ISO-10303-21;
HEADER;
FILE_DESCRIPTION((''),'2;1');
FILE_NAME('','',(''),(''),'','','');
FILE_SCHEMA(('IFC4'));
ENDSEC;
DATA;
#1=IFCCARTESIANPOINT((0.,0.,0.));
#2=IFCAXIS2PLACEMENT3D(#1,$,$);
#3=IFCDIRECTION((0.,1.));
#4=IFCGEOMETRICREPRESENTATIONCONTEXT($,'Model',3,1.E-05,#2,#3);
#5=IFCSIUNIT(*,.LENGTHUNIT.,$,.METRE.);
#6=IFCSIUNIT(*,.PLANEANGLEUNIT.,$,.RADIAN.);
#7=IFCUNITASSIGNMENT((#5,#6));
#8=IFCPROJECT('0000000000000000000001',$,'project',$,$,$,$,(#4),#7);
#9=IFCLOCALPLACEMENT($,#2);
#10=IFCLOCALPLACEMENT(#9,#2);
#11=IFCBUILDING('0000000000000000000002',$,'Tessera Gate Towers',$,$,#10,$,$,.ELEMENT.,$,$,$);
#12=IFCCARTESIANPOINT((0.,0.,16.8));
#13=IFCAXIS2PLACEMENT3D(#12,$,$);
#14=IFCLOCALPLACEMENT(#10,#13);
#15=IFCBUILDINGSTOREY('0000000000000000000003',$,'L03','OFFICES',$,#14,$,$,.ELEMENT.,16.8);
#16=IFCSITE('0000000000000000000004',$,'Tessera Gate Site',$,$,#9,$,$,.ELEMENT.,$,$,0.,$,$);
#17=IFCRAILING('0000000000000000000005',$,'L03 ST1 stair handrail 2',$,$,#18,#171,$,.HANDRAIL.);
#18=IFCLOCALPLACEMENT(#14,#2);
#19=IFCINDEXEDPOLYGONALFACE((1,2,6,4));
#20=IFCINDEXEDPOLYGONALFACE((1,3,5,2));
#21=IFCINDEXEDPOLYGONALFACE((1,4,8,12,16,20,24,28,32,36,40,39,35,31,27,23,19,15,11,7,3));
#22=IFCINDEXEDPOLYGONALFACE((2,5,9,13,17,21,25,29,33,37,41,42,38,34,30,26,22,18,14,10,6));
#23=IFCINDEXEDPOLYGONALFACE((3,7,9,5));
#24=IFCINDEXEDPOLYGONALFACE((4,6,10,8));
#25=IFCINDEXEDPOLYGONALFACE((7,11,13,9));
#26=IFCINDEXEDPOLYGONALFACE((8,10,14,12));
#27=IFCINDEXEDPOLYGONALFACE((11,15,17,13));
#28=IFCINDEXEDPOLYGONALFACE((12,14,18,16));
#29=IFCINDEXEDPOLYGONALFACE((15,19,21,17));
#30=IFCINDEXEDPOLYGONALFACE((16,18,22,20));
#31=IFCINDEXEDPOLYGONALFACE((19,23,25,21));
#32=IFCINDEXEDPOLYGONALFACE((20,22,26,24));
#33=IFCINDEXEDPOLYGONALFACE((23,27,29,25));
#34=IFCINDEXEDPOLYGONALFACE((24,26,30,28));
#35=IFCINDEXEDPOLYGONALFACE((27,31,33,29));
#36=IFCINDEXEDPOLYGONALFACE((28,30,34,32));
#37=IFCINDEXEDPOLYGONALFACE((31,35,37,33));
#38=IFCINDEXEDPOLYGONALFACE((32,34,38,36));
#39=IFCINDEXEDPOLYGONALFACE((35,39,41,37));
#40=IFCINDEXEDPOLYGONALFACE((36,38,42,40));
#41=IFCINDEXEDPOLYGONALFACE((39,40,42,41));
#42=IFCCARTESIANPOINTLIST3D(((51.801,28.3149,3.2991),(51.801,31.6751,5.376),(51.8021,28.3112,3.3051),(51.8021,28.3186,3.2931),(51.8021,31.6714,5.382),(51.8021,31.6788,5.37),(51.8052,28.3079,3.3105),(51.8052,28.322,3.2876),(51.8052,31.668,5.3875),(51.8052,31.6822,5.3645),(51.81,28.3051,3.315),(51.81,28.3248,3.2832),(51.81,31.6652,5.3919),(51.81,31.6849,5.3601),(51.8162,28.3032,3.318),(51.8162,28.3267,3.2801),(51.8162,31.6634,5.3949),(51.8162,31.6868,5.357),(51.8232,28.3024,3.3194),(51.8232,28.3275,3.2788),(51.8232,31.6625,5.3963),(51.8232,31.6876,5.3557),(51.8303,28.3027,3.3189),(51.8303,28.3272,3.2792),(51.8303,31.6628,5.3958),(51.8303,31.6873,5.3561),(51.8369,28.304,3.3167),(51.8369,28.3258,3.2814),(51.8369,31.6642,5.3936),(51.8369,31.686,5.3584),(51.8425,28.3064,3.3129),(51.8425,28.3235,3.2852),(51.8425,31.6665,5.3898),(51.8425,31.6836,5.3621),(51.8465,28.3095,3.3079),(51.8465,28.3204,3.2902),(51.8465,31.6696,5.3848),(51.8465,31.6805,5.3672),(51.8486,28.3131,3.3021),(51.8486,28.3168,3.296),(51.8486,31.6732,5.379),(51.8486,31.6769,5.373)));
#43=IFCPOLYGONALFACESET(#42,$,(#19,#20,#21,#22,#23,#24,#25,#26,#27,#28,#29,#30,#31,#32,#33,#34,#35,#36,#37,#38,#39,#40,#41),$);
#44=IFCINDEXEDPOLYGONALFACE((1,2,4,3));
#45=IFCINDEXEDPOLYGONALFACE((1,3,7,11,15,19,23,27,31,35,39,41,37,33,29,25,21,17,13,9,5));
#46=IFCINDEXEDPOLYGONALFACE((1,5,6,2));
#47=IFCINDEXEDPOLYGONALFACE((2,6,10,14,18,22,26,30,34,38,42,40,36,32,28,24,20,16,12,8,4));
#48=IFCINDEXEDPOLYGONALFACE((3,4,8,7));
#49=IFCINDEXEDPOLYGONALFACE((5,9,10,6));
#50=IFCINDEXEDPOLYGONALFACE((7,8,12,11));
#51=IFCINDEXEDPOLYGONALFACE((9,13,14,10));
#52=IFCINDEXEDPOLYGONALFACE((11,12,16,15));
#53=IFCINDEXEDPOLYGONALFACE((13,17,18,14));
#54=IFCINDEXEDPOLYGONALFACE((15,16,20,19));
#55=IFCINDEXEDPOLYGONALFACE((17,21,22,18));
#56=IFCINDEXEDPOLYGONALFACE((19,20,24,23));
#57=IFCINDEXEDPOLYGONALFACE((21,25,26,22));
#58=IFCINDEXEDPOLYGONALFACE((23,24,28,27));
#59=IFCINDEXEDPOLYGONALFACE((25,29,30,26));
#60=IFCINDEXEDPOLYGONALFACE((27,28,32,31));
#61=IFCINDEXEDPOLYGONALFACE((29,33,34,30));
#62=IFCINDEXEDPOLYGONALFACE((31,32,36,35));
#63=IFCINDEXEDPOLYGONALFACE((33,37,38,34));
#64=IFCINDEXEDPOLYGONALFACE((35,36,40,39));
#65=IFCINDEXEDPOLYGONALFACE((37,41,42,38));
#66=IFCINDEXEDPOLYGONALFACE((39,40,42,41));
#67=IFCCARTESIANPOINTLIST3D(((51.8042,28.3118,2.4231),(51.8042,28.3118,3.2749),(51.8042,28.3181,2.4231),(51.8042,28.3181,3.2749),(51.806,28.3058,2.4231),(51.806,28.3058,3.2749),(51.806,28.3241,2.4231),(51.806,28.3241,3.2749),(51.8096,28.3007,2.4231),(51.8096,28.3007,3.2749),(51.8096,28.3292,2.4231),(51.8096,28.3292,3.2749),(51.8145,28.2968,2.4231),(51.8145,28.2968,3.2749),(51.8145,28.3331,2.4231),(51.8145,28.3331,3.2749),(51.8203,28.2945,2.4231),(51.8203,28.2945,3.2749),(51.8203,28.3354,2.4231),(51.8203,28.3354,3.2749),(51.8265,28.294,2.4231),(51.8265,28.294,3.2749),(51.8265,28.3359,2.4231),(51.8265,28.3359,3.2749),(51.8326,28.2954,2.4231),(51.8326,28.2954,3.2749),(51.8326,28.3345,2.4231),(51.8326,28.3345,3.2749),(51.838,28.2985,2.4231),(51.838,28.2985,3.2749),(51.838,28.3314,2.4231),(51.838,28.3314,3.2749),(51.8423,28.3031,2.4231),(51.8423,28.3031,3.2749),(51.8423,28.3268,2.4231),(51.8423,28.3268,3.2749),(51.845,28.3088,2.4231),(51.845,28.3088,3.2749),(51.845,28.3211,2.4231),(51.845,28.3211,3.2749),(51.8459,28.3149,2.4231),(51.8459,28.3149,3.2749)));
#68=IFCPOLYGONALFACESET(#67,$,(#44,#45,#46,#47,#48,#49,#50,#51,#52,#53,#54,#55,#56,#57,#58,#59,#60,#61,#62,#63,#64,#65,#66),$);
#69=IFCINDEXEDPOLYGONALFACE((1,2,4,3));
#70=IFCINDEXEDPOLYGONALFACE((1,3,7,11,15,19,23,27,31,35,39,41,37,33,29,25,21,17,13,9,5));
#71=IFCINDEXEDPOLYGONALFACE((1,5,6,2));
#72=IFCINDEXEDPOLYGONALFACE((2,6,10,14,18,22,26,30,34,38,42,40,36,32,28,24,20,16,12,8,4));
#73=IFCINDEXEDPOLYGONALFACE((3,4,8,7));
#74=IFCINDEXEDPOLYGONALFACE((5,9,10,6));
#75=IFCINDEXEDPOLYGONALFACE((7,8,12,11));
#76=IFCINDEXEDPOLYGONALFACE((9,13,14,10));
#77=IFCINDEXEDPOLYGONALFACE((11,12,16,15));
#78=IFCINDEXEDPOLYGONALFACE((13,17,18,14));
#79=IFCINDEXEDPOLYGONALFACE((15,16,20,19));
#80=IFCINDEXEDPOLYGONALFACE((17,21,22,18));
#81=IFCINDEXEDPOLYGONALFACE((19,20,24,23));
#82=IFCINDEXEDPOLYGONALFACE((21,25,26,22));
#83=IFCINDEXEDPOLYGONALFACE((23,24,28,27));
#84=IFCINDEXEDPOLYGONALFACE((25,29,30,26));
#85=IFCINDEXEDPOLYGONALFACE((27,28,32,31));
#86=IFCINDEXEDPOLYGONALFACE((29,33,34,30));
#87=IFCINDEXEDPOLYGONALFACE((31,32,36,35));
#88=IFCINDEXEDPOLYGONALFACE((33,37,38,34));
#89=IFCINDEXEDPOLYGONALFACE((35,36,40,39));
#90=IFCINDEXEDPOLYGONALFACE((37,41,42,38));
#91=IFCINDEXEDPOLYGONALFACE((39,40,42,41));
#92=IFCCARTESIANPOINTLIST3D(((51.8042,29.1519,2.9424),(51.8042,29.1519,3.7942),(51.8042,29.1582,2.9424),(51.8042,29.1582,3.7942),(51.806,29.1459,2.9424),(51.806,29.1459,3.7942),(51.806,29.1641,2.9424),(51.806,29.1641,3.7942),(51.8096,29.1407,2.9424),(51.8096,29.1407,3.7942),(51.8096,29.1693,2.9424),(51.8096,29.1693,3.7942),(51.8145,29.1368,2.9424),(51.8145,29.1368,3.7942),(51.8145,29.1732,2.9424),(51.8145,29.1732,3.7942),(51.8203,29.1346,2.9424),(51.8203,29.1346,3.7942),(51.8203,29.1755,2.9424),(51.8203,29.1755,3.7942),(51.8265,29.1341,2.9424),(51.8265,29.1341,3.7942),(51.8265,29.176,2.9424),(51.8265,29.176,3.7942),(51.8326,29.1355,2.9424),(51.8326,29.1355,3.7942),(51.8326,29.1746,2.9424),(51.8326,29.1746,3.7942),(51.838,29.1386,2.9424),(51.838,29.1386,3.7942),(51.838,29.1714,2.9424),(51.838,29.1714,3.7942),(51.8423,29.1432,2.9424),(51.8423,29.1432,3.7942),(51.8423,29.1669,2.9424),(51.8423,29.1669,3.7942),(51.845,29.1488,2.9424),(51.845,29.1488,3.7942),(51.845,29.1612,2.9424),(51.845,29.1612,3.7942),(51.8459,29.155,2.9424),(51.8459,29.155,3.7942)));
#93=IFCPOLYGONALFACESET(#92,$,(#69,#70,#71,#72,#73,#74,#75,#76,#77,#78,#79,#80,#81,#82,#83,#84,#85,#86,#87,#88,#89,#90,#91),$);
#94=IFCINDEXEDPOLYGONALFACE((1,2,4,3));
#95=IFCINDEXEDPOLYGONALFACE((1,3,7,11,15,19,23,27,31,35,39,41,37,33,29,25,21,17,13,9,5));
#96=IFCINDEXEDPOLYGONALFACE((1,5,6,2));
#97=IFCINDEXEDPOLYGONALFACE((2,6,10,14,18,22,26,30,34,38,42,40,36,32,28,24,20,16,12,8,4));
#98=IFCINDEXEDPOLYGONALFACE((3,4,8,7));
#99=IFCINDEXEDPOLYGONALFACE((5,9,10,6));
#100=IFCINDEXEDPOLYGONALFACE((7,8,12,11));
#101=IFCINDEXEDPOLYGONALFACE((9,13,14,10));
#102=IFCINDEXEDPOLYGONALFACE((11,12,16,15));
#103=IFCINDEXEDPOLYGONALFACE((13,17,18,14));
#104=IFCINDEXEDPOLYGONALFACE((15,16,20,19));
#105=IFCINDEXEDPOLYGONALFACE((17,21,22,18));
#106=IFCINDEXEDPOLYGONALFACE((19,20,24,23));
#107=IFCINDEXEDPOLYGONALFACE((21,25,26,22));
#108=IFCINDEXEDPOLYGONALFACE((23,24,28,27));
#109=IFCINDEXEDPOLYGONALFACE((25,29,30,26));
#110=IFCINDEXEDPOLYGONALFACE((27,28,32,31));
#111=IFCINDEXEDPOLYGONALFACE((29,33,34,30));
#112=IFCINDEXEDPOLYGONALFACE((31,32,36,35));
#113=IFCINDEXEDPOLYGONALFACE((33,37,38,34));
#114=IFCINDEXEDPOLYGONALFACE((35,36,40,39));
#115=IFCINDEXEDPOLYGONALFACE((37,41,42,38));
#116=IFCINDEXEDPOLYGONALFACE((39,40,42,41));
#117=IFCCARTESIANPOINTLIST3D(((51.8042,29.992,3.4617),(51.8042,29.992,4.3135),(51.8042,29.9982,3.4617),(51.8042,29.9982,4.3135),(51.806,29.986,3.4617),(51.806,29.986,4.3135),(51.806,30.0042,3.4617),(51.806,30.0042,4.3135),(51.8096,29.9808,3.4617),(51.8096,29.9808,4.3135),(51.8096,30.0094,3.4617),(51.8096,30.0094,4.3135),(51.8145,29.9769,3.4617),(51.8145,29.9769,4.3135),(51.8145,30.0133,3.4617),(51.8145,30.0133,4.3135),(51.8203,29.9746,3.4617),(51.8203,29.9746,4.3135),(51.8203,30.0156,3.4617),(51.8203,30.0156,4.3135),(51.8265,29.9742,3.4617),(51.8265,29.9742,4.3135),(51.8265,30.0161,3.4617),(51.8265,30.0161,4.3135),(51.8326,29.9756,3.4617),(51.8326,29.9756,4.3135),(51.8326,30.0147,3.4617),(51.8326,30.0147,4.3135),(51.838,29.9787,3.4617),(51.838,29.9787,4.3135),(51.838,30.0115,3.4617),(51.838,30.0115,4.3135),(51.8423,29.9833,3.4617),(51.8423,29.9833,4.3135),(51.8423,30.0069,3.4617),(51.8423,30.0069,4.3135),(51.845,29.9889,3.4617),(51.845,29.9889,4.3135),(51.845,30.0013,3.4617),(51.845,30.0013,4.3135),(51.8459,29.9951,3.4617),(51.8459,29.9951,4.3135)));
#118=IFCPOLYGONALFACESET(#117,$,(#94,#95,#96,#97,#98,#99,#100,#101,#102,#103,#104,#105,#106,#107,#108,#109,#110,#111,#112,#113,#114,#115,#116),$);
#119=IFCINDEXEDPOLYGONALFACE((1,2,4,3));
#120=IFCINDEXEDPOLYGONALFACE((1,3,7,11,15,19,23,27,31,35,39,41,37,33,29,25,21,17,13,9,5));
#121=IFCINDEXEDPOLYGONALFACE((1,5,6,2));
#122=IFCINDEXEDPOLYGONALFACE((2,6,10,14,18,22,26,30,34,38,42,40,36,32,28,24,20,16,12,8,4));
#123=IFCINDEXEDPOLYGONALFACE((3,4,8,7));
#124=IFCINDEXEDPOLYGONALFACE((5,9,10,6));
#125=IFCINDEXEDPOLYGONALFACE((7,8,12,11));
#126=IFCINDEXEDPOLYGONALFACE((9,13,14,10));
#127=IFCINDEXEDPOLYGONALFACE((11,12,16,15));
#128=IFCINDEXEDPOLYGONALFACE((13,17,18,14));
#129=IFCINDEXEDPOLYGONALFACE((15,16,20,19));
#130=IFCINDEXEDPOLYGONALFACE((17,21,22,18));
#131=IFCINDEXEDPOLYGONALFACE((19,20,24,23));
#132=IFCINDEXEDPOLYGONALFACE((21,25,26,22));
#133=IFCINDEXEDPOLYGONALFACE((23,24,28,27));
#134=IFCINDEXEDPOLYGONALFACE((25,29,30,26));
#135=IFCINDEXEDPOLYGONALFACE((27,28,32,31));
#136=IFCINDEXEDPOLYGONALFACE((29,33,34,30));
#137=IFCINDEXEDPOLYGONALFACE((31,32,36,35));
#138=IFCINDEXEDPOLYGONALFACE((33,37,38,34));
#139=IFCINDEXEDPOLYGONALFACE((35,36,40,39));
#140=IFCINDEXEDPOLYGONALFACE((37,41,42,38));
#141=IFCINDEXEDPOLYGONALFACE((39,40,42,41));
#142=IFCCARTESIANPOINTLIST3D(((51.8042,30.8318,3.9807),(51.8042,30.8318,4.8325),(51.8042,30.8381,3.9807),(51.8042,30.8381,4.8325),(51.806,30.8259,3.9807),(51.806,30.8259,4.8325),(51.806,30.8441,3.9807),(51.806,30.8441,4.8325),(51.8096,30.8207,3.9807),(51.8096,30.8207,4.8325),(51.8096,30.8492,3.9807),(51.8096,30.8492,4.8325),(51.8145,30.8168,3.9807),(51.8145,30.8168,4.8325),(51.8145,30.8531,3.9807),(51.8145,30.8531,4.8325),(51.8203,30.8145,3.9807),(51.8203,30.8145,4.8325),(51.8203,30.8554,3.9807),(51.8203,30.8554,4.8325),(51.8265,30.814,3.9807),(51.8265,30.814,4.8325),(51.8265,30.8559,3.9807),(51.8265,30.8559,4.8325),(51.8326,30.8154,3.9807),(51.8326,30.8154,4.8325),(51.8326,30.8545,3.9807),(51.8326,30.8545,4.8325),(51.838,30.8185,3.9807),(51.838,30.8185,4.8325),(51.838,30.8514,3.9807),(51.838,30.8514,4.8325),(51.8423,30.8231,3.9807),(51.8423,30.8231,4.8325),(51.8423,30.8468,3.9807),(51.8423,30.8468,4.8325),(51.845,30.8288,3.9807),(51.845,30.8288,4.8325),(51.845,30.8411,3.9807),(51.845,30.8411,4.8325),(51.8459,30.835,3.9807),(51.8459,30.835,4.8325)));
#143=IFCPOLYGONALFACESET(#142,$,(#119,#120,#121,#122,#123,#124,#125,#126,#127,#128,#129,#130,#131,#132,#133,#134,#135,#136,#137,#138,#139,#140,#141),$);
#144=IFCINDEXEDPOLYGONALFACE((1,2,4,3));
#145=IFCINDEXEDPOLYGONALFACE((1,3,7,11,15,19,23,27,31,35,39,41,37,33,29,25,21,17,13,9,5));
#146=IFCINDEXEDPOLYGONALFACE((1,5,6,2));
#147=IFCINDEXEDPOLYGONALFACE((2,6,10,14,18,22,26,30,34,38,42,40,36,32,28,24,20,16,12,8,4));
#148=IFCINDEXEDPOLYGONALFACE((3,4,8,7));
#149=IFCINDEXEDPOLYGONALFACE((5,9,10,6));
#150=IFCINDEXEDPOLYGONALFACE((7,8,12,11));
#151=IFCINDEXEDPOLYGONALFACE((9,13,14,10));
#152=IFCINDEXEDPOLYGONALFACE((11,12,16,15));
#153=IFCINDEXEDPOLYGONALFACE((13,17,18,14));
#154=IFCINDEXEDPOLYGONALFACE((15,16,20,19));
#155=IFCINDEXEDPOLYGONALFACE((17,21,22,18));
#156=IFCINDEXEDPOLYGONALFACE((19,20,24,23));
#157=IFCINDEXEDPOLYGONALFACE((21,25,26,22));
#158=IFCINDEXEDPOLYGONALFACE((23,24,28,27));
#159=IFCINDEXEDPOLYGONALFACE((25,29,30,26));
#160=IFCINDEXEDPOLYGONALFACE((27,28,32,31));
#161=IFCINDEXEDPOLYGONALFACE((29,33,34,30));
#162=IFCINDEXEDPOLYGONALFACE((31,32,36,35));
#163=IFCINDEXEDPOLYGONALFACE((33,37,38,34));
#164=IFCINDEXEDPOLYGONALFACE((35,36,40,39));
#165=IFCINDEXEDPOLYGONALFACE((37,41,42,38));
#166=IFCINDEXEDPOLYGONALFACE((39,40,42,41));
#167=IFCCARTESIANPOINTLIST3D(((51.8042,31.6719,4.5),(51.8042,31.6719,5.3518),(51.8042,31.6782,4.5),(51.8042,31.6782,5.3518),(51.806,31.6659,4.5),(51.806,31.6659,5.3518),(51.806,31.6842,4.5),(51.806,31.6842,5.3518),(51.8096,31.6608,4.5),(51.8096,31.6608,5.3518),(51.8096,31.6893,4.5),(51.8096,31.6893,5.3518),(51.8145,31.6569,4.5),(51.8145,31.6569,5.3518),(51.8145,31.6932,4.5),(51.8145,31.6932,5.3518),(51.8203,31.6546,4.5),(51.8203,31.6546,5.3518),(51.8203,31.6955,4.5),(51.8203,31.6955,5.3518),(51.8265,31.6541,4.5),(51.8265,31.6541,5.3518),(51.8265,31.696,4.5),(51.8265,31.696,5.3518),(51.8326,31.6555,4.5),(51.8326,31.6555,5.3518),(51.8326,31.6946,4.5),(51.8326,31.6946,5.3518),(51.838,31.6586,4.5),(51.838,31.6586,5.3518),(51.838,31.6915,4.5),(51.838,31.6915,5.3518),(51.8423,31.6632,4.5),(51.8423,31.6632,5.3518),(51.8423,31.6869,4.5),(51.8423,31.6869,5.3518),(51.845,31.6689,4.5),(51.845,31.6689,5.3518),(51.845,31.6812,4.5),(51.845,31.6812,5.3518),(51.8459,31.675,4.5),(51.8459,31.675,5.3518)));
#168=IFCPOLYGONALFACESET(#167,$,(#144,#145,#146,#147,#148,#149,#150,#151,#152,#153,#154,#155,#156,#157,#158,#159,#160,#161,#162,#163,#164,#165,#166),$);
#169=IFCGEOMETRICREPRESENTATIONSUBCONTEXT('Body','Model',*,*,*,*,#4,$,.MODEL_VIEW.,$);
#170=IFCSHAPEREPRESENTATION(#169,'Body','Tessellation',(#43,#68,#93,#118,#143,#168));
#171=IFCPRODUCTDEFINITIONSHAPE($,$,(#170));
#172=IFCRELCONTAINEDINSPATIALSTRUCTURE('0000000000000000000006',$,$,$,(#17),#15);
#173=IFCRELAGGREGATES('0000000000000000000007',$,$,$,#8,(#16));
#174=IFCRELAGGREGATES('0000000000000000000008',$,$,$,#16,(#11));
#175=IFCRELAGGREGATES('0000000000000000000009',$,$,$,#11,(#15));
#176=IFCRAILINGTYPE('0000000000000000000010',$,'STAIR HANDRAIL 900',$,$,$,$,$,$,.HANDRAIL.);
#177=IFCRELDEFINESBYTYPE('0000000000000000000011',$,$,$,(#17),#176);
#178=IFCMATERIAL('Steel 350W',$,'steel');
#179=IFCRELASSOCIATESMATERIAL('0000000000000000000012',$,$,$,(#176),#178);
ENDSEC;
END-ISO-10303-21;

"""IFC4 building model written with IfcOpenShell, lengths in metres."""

from ifc_helpers import new_model, si_unit, direction, frame, origin, origin_2d, place, context, subcontext, project, spatial, circle, extrude, material, type_object, element, save


model = new_model("IFC4")

# Units and contexts
model_context = context("Model", 3, precision=1e-05, world=origin(), true_north=direction((0.0, 1.0)))
body_context = subcontext(model_context, "Body", "Model", "MODEL_VIEW")
ifc_project = project(units=[si_unit("LENGTHUNIT", "METRE"), si_unit("PLANEANGLEUNIT", "RADIAN")], contexts=[model_context])

# Site, building, storey
site_placement = place(None, origin())
site = spatial("IfcSite", under=ifc_project, at=site_placement, Name="Tessera Gate Site", CompositionType="ELEMENT", RefElevation=0.0)
building_placement = place(site_placement, origin())
building = spatial("IfcBuilding", under=site, at=building_placement, Name="Tessera Gate Towers", CompositionType="ELEMENT")
storey_placement = place(building_placement, frame((0.0, 0.0, 16.8)))
storey = spatial("IfcBuildingStorey", under=building, at=storey_placement, Name="L03", Description="OFFICES", CompositionType="ELEMENT", Elevation=16.8)

# Railing
ifc_material_1 = material(Name="Steel 350W", Category="steel")
railing_type_1 = type_object("IfcRailingType", Name="STAIR HANDRAIL 900", PredefinedType="HANDRAIL", material=ifc_material_1)
railing_1_placement = place(storey_placement, frame((51.825, 28.3149, 2.4231)))
element("IfcRailing", 1, at=railing_1_placement, inside=storey, type_object=railing_type_1, Name="L03 ST1 stair handrail 2", PredefinedType="HANDRAIL", context=body_context, shape_type="SweptSolid", body=[
    extrude(circle(Radius=0.0239, at=origin_2d()), frame((0.0, 0.0, 0.876), z_axis=(0.0, 0.850623, 0.525776), x_axis=(-1.0, 0.0, 0.0)), (0.0, 0.0, 1.0), 3.9502),
    extrude(circle(Radius=0.021, at=origin_2d()), origin(), (0.0, 0.0, 1.0), 0.8518),
    extrude(circle(Radius=0.021, at=origin_2d()), frame((0.0, 0.8401, 0.5193)), (0.0, 0.0, 1.0), 0.8518),
    extrude(circle(Radius=0.021, at=origin_2d()), frame((0.0, 1.6802, 1.0386)), (0.0, 0.0, 1.0), 0.8518),
    extrude(circle(Radius=0.021, at=origin_2d()), frame((0.0, 2.52, 1.5576)), (0.0, 0.0, 1.0), 0.8518),
    extrude(circle(Radius=0.021, at=origin_2d()), frame((0.0, 3.3601, 2.0769)), (0.0, 0.0, 1.0), 0.8518),
])

save(model, "model.ifc")
